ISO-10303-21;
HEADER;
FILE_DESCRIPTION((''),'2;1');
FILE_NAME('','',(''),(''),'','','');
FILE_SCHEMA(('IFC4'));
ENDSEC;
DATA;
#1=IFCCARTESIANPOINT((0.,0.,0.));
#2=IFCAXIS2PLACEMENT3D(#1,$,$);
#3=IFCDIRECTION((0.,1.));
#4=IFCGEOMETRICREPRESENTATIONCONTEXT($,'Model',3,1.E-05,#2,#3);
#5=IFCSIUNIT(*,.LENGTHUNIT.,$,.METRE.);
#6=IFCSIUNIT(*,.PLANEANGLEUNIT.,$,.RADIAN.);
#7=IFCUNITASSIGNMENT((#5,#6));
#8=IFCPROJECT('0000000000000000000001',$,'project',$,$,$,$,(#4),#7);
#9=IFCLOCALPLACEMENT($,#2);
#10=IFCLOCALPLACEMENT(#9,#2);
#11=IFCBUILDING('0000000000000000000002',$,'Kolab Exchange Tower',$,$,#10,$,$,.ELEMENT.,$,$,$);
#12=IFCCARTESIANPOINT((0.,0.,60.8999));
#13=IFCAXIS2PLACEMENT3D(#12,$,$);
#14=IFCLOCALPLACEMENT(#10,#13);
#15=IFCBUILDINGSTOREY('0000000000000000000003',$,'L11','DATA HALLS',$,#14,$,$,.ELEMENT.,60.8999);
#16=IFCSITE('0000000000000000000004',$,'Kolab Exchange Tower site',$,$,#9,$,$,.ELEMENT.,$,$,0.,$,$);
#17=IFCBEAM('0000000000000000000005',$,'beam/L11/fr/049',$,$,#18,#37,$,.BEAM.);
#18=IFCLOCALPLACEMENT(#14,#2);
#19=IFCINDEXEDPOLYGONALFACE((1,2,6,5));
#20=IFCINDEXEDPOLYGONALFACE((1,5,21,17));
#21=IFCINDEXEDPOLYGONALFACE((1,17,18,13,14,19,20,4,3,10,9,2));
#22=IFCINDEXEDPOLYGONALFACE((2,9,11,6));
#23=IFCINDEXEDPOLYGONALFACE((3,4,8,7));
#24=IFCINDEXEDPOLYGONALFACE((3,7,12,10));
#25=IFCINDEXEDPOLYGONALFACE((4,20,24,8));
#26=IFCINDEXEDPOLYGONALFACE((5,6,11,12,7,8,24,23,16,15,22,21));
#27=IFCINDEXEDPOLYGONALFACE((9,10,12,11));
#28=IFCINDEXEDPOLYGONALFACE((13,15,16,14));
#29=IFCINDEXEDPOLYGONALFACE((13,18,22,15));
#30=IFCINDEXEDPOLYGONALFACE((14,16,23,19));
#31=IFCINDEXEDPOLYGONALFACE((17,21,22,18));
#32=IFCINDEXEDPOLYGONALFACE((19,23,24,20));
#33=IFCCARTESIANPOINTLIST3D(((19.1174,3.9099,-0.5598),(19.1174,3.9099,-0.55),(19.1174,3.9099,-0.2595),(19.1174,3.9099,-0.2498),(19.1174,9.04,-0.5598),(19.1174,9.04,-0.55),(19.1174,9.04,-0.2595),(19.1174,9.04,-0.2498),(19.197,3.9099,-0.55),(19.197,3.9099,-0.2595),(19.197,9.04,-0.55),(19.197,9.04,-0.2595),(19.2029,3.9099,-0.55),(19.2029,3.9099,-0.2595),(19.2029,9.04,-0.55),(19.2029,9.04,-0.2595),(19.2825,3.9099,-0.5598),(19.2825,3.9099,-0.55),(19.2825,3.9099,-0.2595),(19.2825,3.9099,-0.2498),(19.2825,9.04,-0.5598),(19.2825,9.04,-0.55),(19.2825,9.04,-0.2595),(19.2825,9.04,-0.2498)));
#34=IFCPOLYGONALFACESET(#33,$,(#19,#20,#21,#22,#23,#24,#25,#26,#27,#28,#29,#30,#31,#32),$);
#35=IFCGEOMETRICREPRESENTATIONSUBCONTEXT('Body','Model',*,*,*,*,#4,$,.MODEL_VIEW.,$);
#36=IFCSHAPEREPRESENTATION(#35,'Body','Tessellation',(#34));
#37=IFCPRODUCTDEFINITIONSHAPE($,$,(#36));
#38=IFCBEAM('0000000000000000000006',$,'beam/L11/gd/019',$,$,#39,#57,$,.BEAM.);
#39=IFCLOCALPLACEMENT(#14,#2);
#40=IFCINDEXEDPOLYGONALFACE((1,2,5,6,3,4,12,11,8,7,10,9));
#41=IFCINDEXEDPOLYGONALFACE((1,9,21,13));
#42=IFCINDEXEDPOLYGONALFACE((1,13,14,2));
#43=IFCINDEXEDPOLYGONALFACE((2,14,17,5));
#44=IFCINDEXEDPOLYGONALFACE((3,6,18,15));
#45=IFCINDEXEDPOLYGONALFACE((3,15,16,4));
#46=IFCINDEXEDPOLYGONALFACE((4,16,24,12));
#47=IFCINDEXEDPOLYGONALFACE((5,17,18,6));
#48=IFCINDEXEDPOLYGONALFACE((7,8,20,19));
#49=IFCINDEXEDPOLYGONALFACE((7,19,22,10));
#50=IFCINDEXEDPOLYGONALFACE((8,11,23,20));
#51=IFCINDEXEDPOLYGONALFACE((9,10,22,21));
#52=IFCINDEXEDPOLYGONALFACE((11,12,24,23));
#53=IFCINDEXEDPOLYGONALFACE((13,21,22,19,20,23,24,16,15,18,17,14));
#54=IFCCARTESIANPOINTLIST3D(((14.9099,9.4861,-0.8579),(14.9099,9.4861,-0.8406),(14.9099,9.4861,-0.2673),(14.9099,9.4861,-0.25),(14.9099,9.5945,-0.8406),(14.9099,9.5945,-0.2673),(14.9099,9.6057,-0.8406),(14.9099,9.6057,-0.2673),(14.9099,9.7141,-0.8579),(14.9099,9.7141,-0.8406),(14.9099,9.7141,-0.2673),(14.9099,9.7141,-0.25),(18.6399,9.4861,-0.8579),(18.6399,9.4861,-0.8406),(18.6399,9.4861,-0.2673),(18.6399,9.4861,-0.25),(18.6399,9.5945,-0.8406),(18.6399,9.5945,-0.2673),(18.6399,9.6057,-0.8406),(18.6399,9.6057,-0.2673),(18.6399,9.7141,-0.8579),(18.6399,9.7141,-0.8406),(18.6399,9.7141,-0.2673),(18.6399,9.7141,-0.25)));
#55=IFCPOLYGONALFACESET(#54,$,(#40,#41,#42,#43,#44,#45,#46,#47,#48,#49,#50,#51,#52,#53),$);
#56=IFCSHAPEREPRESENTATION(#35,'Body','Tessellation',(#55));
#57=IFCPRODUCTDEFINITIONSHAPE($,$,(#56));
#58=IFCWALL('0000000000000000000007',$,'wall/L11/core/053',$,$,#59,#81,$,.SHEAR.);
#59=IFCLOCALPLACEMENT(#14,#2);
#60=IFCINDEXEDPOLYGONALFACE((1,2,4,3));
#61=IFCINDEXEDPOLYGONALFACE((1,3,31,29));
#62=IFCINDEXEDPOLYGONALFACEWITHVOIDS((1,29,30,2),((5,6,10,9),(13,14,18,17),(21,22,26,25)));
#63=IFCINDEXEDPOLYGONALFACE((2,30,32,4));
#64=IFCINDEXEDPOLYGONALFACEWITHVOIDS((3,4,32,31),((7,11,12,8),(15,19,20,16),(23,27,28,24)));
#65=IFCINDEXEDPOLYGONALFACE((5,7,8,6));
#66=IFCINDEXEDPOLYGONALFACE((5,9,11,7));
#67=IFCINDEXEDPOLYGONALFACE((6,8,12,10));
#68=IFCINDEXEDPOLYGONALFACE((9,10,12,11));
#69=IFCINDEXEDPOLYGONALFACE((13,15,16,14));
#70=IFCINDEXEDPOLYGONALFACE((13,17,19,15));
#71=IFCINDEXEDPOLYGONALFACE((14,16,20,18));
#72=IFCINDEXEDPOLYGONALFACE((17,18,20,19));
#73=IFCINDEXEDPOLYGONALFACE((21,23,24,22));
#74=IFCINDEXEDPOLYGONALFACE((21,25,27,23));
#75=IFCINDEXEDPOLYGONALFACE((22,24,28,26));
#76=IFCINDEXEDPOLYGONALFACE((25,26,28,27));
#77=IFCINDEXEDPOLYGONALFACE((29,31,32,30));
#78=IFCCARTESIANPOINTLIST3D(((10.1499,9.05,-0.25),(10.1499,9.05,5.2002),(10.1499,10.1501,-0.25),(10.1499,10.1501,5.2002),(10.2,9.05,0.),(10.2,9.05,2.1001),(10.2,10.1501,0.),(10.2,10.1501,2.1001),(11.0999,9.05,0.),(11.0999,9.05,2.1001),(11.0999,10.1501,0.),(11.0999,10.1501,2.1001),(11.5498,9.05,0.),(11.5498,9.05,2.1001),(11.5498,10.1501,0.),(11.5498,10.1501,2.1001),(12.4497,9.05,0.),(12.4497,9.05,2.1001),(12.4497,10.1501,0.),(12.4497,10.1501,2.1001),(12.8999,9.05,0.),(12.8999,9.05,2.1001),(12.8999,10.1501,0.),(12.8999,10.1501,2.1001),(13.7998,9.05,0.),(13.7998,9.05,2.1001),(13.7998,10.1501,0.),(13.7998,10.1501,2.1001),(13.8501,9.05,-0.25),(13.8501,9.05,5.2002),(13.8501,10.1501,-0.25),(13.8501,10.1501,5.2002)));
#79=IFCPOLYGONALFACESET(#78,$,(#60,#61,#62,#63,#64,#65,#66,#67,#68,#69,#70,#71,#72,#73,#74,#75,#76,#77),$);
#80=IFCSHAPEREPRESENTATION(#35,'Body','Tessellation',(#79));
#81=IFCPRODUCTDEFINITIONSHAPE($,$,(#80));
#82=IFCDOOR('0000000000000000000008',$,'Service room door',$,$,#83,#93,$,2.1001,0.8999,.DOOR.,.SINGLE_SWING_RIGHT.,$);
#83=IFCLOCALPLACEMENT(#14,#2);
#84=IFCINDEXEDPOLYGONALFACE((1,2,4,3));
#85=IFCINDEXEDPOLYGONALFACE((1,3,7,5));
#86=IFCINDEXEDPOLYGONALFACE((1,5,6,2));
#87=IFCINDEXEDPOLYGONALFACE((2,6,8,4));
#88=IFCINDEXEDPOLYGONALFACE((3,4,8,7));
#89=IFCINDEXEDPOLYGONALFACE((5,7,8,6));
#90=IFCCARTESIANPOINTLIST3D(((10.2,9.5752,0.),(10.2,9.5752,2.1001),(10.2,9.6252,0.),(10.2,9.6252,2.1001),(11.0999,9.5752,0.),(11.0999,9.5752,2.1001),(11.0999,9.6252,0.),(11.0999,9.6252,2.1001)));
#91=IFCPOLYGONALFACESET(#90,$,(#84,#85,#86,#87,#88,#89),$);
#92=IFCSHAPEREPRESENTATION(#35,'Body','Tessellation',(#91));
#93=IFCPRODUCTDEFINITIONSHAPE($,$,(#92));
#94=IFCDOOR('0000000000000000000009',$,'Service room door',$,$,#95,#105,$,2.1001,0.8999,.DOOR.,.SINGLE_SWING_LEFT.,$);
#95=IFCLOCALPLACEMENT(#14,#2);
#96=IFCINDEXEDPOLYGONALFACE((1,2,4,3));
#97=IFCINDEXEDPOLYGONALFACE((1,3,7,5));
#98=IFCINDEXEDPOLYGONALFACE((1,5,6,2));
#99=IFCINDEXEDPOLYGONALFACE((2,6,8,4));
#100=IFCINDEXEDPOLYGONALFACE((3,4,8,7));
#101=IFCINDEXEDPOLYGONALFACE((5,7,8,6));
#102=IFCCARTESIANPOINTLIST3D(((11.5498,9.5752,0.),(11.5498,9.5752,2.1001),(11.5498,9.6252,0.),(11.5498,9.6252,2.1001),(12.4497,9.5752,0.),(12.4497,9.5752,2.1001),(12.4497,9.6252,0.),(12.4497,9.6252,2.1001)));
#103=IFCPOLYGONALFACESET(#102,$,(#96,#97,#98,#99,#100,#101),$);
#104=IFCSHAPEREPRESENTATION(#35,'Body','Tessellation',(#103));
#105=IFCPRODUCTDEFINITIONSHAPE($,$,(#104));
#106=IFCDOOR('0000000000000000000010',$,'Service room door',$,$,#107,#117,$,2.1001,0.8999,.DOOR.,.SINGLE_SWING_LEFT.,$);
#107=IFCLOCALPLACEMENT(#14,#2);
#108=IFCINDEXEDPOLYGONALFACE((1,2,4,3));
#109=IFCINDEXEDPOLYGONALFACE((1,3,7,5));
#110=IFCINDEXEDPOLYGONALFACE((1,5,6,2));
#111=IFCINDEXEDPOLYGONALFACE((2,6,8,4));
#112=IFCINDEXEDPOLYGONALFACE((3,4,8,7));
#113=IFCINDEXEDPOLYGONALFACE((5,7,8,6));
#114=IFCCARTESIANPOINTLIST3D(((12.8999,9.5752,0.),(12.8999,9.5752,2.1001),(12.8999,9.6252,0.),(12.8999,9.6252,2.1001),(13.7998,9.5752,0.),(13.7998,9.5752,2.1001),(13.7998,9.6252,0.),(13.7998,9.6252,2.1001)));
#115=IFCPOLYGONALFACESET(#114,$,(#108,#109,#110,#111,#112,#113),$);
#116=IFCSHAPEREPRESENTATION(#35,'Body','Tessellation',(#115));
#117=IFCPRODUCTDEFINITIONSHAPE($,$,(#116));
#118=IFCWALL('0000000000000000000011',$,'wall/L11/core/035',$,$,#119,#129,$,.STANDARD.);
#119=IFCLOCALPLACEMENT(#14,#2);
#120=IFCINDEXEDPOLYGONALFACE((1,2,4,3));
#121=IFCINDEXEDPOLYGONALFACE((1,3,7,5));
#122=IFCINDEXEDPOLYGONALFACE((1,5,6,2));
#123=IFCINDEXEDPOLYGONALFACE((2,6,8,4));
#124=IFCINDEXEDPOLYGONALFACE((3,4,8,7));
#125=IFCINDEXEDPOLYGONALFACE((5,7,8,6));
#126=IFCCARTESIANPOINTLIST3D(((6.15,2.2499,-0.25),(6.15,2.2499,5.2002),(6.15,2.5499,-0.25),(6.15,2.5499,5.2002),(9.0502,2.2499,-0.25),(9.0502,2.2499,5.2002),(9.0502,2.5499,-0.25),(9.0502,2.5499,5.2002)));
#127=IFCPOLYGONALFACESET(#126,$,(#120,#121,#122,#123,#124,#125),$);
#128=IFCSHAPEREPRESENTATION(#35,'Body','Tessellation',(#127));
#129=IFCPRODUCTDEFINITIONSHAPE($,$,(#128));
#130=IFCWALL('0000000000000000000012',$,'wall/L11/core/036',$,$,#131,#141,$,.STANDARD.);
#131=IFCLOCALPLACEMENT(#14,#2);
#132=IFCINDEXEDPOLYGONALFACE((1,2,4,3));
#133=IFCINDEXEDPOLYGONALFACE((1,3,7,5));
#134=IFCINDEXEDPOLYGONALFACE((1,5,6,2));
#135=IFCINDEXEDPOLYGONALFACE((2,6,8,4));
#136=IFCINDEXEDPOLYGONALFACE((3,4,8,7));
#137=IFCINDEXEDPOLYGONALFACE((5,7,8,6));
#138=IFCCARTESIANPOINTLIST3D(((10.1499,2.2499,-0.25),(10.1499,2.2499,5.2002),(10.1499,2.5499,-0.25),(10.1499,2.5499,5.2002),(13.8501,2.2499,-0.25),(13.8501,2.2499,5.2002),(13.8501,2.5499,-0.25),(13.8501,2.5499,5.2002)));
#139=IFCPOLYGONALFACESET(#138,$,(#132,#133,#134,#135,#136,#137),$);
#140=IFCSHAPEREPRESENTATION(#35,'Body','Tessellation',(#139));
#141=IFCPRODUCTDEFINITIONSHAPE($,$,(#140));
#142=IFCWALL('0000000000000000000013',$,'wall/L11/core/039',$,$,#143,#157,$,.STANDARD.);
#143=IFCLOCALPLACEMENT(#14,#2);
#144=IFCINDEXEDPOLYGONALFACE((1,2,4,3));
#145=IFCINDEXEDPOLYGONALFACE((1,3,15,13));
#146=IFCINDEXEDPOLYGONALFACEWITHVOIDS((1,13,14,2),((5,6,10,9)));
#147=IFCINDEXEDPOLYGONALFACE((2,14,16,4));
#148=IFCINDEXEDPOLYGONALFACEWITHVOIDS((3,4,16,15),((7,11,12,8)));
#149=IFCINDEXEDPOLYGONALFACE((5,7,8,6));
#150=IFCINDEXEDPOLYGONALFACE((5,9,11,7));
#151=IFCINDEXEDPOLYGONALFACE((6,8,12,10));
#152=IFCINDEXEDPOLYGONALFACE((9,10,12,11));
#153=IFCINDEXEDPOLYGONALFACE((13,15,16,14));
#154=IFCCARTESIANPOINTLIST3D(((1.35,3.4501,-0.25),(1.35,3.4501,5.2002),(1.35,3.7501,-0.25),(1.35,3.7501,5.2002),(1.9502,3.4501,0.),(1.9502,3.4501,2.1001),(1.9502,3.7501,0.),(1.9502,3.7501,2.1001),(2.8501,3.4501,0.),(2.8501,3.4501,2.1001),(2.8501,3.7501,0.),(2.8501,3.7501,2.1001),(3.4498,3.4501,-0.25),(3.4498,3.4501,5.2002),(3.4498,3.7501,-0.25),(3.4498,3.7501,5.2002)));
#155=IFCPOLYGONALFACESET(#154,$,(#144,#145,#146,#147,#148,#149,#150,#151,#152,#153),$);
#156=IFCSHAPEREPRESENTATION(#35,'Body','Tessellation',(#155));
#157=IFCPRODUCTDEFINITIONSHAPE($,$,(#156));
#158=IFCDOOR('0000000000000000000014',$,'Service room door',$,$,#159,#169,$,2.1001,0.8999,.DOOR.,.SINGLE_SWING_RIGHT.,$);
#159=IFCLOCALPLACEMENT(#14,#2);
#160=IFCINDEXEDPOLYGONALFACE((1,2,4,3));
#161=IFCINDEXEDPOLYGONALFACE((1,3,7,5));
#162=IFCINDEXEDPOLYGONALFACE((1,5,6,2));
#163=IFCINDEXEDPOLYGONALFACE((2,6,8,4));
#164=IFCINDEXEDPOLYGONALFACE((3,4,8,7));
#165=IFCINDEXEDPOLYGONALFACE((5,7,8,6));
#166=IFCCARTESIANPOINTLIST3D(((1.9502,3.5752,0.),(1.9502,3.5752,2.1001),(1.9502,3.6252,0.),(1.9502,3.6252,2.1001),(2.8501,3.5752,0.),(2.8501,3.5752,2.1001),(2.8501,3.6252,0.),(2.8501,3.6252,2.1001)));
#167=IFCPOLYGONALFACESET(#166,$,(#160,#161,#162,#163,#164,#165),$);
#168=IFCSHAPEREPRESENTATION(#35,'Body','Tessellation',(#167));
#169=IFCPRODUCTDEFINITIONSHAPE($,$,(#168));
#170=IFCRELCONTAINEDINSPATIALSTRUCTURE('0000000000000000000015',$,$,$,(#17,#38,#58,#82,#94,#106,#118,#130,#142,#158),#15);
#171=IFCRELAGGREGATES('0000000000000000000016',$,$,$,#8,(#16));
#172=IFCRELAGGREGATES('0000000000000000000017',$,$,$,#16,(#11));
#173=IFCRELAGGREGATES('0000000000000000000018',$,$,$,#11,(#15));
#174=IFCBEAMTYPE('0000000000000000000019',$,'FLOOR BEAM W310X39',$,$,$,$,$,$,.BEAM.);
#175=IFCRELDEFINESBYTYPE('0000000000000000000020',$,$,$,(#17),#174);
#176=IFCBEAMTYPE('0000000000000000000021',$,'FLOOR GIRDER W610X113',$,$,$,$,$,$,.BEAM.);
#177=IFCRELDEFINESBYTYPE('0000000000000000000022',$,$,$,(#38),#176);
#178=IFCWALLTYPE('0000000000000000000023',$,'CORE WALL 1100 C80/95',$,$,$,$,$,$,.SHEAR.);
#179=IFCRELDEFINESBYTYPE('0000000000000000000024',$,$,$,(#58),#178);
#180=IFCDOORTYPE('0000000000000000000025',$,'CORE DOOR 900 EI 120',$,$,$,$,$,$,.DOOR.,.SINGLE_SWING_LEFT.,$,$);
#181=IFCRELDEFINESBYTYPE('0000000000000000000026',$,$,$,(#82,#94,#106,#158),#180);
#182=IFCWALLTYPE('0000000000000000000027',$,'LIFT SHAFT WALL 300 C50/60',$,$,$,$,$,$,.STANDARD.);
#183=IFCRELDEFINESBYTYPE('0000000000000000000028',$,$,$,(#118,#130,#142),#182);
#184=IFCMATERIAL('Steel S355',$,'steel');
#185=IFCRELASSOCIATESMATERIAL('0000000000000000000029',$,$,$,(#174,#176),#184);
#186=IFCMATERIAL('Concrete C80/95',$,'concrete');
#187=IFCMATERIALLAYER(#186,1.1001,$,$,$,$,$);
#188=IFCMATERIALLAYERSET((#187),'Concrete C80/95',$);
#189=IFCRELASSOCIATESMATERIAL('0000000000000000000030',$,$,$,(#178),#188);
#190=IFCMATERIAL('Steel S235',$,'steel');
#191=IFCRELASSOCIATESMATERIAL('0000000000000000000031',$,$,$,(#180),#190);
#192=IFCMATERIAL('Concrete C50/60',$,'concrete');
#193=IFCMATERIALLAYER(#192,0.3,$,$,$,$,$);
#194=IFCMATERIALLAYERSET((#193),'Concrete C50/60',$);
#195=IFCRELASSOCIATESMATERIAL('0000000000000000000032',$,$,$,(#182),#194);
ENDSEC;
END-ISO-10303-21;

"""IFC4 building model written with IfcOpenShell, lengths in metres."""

from ifc_helpers import new_model, si_unit, direction, frame, frame_2d, origin, origin_2d, place, context, subcontext, project, spatial, rectangle, i_section, extrude, material, layer, layer_set, material_profile, profile_set, type_object, element, fill, save


model = new_model("IFC4")

# Units and contexts
model_context = context("Model", 3, precision=1e-05, world=origin(), true_north=direction((0.0, 1.0)))
body_context = subcontext(model_context, "Body", "Model", "MODEL_VIEW")
ifc_project = project(units=[si_unit("LENGTHUNIT", "METRE"), si_unit("PLANEANGLEUNIT", "RADIAN")], contexts=[model_context])

# Site, building, storey
site_placement = place(None, origin())
site = spatial("IfcSite", under=ifc_project, at=site_placement, Name="Kolab Exchange Tower site", CompositionType="ELEMENT", RefElevation=0.0)
building_placement = place(site_placement, origin())
building = spatial("IfcBuilding", under=site, at=building_placement, Name="Kolab Exchange Tower", CompositionType="ELEMENT")
storey_placement = place(building_placement, frame((0.0, 0.0, 60.8999)))
storey = spatial("IfcBuildingStorey", under=building, at=storey_placement, Name="L11", Description="DATA HALLS", CompositionType="ELEMENT", Elevation=60.8999)

# Beams
ifc_material_1 = material(Name="Steel S355", Category="steel")
ifc_material_profile_1 = material_profile(ifc_material_1, i_section(OverallWidth=0.165, OverallDepth=0.3101, WebThickness=0.0059, FlangeThickness=0.0098, at=origin_2d()), Name="W310X39")
ifc_profile_set_1 = profile_set([ifc_material_profile_1], Name="Steel S355")
beam_type_1 = type_object("IfcBeamType", Name="FLOOR BEAM W310X39", PredefinedType="BEAM", material=ifc_profile_set_1)
beam_1_placement = place(storey_placement, frame((19.2, 3.9099, -0.4048), z_axis=(0.0, 1.0, 0.0), x_axis=(-1.0, 0.0, 0.0)))
element("IfcBeam", 1, at=beam_1_placement, inside=storey, type_object=beam_type_1, Name="beam/L11/fr/049", PredefinedType="BEAM", context=body_context, shape_type="SweptSolid", body=[
    extrude(i_section(OverallWidth=0.165, OverallDepth=0.3101, WebThickness=0.0059, FlangeThickness=0.0098, at=origin_2d()), origin(), (0.0, 0.0, 1.0), 5.1301),
])
ifc_material_profile_2 = material_profile(ifc_material_1, i_section(OverallWidth=0.228, OverallDepth=0.6079, WebThickness=0.0112, FlangeThickness=0.0173, at=origin_2d()), Name="W610X113")
ifc_profile_set_2 = profile_set([ifc_material_profile_2], Name="Steel S355")
beam_type_2 = type_object("IfcBeamType", Name="FLOOR GIRDER W610X113", PredefinedType="BEAM", material=ifc_profile_set_2)
beam_2_placement = place(storey_placement, frame((14.9099, 9.6001, -0.554), z_axis=(1.0, 0.0, 0.0), x_axis=(0.0, 1.0, 0.0)))
element("IfcBeam", 2, at=beam_2_placement, inside=storey, type_object=beam_type_2, Name="beam/L11/gd/019", PredefinedType="BEAM", context=body_context, shape_type="SweptSolid", body=[
    extrude(i_section(OverallWidth=0.228, OverallDepth=0.6079, WebThickness=0.0112, FlangeThickness=0.0173, at=origin_2d()), origin(), (0.0, 0.0, 1.0), 3.73),
])

# Wall, openings, doors
ifc_material_2 = material(Name="Concrete C80/95", Category="concrete")
ifc_layer_1 = layer(ifc_material_2, 1.1001)
ifc_layer_set_1 = layer_set([ifc_layer_1], Name="Concrete C80/95")
wall_type_1 = type_object("IfcWallType", Name="CORE WALL 1100 C80/95", PredefinedType="SHEAR", material=ifc_layer_set_1)
wall_1_placement = place(storey_placement, frame((10.1499, 9.6001, -0.25), z_axis=(0.0, 0.0, 1.0), x_axis=(1.0, 0.0, 0.0)))
wall_1 = element("IfcWall", 3, at=wall_1_placement, inside=storey, type_object=wall_type_1, Name="wall/L11/core/053", PredefinedType="SHEAR", context=body_context, shape_type="SweptSolid", body=[
    extrude(rectangle(XDim=3.7002, YDim=1.1001, at=frame_2d((1.8501, 0.0))), origin(), (0.0, 0.0, 1.0), 5.4502),
])
opening_1_placement = place(wall_1_placement, frame((0.05, 0.0, 0.25)))
opening_1 = element("IfcOpeningElement", 4, at=opening_1_placement, cuts=wall_1, PredefinedType="OPENING", context=body_context, shape_type="SweptSolid", body=[
    extrude(rectangle(XDim=0.8999, YDim=2.1001, at=frame_2d((0.45, 1.05))), frame((0.0, 0.5601, 0.0), z_axis=(0.0, -1.0, 0.0), x_axis=(1.0, 0.0, 0.0)), (0.0, 0.0, 1.0), 1.1201),
])
opening_2_placement = place(wall_1_placement, frame((1.3999, 0.0, 0.25)))
opening_2 = element("IfcOpeningElement", 5, at=opening_2_placement, cuts=wall_1, PredefinedType="OPENING", context=body_context, shape_type="SweptSolid", body=[
    extrude(rectangle(XDim=0.8999, YDim=2.1001, at=frame_2d((0.45, 1.05))), frame((0.0, 0.5601, 0.0), z_axis=(0.0, -1.0, 0.0), x_axis=(1.0, 0.0, 0.0)), (0.0, 0.0, 1.0), 1.1201),
])
opening_3_placement = place(wall_1_placement, frame((2.75, 0.0, 0.25)))
opening_3 = element("IfcOpeningElement", 6, at=opening_3_placement, cuts=wall_1, PredefinedType="OPENING", context=body_context, shape_type="SweptSolid", body=[
    extrude(rectangle(XDim=0.8999, YDim=2.1001, at=frame_2d((0.45, 1.05))), frame((0.0, 0.5601, 0.0), z_axis=(0.0, -1.0, 0.0), x_axis=(1.0, 0.0, 0.0)), (0.0, 0.0, 1.0), 1.1201),
])
ifc_material_3 = material(Name="Steel S235", Category="steel")
door_type_1 = type_object("IfcDoorType", Name="CORE DOOR 900 EI 120", OperationType="SINGLE_SWING_LEFT", PredefinedType="DOOR", material=ifc_material_3)
door_1_placement = place(opening_1_placement, frame((0.8999, 0.0, 0.0), z_axis=(0.0, 0.0, 1.0), x_axis=(-1.0, 0.0, 0.0)))
door_1 = element("IfcDoor", 7, at=door_1_placement, inside=storey, type_object=door_type_1, Name="Service room door", OperationType="SINGLE_SWING_RIGHT", OverallHeight=2.1001, OverallWidth=0.8999, PredefinedType="DOOR", context=body_context, shape_type="SweptSolid", body=[
    extrude(rectangle(XDim=0.8999, YDim=2.1001, at=frame_2d((0.45, 1.05))), frame((0.0, 0.0249, 0.0), z_axis=(0.0, -1.0, 0.0), x_axis=(1.0, 0.0, 0.0)), (0.0, 0.0, 1.0), 0.05),
])
fill(opening_1, door_1)
door_2_placement = place(opening_2_placement, frame((0.8999, 0.0, 0.0), z_axis=(0.0, 0.0, 1.0), x_axis=(-1.0, 0.0, 0.0)))
door_2 = element("IfcDoor", 8, at=door_2_placement, inside=storey, type_object=door_type_1, Name="Service room door", OperationType="SINGLE_SWING_LEFT", OverallHeight=2.1001, OverallWidth=0.8999, PredefinedType="DOOR", context=body_context, shape_type="SweptSolid", body=[
    extrude(rectangle(XDim=0.8999, YDim=2.1001, at=frame_2d((0.45, 1.05))), frame((0.0, 0.0249, 0.0), z_axis=(0.0, -1.0, 0.0), x_axis=(1.0, 0.0, 0.0)), (0.0, 0.0, 1.0), 0.05),
])
fill(opening_2, door_2)
door_3_placement = place(opening_3_placement, frame((0.8999, 0.0, 0.0), z_axis=(0.0, 0.0, 1.0), x_axis=(-1.0, 0.0, 0.0)))
door_3 = element("IfcDoor", 9, at=door_3_placement, inside=storey, type_object=door_type_1, Name="Service room door", OperationType="SINGLE_SWING_LEFT", OverallHeight=2.1001, OverallWidth=0.8999, PredefinedType="DOOR", context=body_context, shape_type="SweptSolid", body=[
    extrude(rectangle(XDim=0.8999, YDim=2.1001, at=frame_2d((0.45, 1.05))), frame((0.0, 0.0249, 0.0), z_axis=(0.0, -1.0, 0.0), x_axis=(1.0, 0.0, 0.0)), (0.0, 0.0, 1.0), 0.05),
])
fill(opening_3, door_3)

# Walls
ifc_material_4 = material(Name="Concrete C50/60", Category="concrete")
ifc_layer_2 = layer(ifc_material_4, 0.3)
ifc_layer_set_2 = layer_set([ifc_layer_2], Name="Concrete C50/60")
wall_type_2 = type_object("IfcWallType", Name="LIFT SHAFT WALL 300 C50/60", PredefinedType="STANDARD", material=ifc_layer_set_2)
wall_2_placement = place(storey_placement, frame((6.1499, 2.3999, -0.25), z_axis=(0.0, 0.0, 1.0), x_axis=(1.0, 0.0, 0.0)))
element("IfcWall", 10, at=wall_2_placement, inside=storey, type_object=wall_type_2, Name="wall/L11/core/035", PredefinedType="STANDARD", context=body_context, shape_type="SweptSolid", body=[
    extrude(rectangle(XDim=2.9001, YDim=0.3, at=frame_2d((1.4502, 0.0))), origin(), (0.0, 0.0, 1.0), 5.4502),
])
wall_3_placement = place(storey_placement, frame((10.1499, 2.3999, -0.25), z_axis=(0.0, 0.0, 1.0), x_axis=(1.0, 0.0, 0.0)))
element("IfcWall", 11, at=wall_3_placement, inside=storey, type_object=wall_type_2, Name="wall/L11/core/036", PredefinedType="STANDARD", context=body_context, shape_type="SweptSolid", body=[
    extrude(rectangle(XDim=3.7002, YDim=0.3, at=frame_2d((1.8501, 0.0))), origin(), (0.0, 0.0, 1.0), 5.4502),
])

# Wall, opening, door
wall_4_placement = place(storey_placement, frame((1.3501, 3.6001, -0.25), z_axis=(0.0, 0.0, 1.0), x_axis=(1.0, 0.0, 0.0)))
wall_4 = element("IfcWall", 12, at=wall_4_placement, inside=storey, type_object=wall_type_2, Name="wall/L11/core/039", PredefinedType="STANDARD", context=body_context, shape_type="SweptSolid", body=[
    extrude(rectangle(XDim=2.0999, YDim=0.3, at=frame_2d((1.0498, 0.0))), origin(), (0.0, 0.0, 1.0), 5.4502),
])
opening_4_placement = place(wall_4_placement, frame((0.6001, 0.0, 0.25)))
opening_4 = element("IfcOpeningElement", 13, at=opening_4_placement, cuts=wall_4, PredefinedType="OPENING", context=body_context, shape_type="SweptSolid", body=[
    extrude(rectangle(XDim=0.8999, YDim=2.1001, at=frame_2d((0.45, 1.05))), frame((0.0, 0.1602, 0.0), z_axis=(0.0, -1.0, 0.0), x_axis=(1.0, 0.0, 0.0)), (0.0, 0.0, 1.0), 0.3201),
])
door_4_placement = place(opening_4_placement, frame((0.8999, 0.0, 0.0), z_axis=(0.0, 0.0, 1.0), x_axis=(-1.0, 0.0, 0.0)))
door_4 = element("IfcDoor", 14, at=door_4_placement, inside=storey, type_object=door_type_1, Name="Service room door", OperationType="SINGLE_SWING_RIGHT", OverallHeight=2.1001, OverallWidth=0.8999, PredefinedType="DOOR", context=body_context, shape_type="SweptSolid", body=[
    extrude(rectangle(XDim=0.8999, YDim=2.1001, at=frame_2d((0.45, 1.05))), frame((0.0, 0.0249, 0.0), z_axis=(0.0, -1.0, 0.0), x_axis=(1.0, 0.0, 0.0)), (0.0, 0.0, 1.0), 0.05),
])
fill(opening_4, door_4)

save(model, "model.ifc")
